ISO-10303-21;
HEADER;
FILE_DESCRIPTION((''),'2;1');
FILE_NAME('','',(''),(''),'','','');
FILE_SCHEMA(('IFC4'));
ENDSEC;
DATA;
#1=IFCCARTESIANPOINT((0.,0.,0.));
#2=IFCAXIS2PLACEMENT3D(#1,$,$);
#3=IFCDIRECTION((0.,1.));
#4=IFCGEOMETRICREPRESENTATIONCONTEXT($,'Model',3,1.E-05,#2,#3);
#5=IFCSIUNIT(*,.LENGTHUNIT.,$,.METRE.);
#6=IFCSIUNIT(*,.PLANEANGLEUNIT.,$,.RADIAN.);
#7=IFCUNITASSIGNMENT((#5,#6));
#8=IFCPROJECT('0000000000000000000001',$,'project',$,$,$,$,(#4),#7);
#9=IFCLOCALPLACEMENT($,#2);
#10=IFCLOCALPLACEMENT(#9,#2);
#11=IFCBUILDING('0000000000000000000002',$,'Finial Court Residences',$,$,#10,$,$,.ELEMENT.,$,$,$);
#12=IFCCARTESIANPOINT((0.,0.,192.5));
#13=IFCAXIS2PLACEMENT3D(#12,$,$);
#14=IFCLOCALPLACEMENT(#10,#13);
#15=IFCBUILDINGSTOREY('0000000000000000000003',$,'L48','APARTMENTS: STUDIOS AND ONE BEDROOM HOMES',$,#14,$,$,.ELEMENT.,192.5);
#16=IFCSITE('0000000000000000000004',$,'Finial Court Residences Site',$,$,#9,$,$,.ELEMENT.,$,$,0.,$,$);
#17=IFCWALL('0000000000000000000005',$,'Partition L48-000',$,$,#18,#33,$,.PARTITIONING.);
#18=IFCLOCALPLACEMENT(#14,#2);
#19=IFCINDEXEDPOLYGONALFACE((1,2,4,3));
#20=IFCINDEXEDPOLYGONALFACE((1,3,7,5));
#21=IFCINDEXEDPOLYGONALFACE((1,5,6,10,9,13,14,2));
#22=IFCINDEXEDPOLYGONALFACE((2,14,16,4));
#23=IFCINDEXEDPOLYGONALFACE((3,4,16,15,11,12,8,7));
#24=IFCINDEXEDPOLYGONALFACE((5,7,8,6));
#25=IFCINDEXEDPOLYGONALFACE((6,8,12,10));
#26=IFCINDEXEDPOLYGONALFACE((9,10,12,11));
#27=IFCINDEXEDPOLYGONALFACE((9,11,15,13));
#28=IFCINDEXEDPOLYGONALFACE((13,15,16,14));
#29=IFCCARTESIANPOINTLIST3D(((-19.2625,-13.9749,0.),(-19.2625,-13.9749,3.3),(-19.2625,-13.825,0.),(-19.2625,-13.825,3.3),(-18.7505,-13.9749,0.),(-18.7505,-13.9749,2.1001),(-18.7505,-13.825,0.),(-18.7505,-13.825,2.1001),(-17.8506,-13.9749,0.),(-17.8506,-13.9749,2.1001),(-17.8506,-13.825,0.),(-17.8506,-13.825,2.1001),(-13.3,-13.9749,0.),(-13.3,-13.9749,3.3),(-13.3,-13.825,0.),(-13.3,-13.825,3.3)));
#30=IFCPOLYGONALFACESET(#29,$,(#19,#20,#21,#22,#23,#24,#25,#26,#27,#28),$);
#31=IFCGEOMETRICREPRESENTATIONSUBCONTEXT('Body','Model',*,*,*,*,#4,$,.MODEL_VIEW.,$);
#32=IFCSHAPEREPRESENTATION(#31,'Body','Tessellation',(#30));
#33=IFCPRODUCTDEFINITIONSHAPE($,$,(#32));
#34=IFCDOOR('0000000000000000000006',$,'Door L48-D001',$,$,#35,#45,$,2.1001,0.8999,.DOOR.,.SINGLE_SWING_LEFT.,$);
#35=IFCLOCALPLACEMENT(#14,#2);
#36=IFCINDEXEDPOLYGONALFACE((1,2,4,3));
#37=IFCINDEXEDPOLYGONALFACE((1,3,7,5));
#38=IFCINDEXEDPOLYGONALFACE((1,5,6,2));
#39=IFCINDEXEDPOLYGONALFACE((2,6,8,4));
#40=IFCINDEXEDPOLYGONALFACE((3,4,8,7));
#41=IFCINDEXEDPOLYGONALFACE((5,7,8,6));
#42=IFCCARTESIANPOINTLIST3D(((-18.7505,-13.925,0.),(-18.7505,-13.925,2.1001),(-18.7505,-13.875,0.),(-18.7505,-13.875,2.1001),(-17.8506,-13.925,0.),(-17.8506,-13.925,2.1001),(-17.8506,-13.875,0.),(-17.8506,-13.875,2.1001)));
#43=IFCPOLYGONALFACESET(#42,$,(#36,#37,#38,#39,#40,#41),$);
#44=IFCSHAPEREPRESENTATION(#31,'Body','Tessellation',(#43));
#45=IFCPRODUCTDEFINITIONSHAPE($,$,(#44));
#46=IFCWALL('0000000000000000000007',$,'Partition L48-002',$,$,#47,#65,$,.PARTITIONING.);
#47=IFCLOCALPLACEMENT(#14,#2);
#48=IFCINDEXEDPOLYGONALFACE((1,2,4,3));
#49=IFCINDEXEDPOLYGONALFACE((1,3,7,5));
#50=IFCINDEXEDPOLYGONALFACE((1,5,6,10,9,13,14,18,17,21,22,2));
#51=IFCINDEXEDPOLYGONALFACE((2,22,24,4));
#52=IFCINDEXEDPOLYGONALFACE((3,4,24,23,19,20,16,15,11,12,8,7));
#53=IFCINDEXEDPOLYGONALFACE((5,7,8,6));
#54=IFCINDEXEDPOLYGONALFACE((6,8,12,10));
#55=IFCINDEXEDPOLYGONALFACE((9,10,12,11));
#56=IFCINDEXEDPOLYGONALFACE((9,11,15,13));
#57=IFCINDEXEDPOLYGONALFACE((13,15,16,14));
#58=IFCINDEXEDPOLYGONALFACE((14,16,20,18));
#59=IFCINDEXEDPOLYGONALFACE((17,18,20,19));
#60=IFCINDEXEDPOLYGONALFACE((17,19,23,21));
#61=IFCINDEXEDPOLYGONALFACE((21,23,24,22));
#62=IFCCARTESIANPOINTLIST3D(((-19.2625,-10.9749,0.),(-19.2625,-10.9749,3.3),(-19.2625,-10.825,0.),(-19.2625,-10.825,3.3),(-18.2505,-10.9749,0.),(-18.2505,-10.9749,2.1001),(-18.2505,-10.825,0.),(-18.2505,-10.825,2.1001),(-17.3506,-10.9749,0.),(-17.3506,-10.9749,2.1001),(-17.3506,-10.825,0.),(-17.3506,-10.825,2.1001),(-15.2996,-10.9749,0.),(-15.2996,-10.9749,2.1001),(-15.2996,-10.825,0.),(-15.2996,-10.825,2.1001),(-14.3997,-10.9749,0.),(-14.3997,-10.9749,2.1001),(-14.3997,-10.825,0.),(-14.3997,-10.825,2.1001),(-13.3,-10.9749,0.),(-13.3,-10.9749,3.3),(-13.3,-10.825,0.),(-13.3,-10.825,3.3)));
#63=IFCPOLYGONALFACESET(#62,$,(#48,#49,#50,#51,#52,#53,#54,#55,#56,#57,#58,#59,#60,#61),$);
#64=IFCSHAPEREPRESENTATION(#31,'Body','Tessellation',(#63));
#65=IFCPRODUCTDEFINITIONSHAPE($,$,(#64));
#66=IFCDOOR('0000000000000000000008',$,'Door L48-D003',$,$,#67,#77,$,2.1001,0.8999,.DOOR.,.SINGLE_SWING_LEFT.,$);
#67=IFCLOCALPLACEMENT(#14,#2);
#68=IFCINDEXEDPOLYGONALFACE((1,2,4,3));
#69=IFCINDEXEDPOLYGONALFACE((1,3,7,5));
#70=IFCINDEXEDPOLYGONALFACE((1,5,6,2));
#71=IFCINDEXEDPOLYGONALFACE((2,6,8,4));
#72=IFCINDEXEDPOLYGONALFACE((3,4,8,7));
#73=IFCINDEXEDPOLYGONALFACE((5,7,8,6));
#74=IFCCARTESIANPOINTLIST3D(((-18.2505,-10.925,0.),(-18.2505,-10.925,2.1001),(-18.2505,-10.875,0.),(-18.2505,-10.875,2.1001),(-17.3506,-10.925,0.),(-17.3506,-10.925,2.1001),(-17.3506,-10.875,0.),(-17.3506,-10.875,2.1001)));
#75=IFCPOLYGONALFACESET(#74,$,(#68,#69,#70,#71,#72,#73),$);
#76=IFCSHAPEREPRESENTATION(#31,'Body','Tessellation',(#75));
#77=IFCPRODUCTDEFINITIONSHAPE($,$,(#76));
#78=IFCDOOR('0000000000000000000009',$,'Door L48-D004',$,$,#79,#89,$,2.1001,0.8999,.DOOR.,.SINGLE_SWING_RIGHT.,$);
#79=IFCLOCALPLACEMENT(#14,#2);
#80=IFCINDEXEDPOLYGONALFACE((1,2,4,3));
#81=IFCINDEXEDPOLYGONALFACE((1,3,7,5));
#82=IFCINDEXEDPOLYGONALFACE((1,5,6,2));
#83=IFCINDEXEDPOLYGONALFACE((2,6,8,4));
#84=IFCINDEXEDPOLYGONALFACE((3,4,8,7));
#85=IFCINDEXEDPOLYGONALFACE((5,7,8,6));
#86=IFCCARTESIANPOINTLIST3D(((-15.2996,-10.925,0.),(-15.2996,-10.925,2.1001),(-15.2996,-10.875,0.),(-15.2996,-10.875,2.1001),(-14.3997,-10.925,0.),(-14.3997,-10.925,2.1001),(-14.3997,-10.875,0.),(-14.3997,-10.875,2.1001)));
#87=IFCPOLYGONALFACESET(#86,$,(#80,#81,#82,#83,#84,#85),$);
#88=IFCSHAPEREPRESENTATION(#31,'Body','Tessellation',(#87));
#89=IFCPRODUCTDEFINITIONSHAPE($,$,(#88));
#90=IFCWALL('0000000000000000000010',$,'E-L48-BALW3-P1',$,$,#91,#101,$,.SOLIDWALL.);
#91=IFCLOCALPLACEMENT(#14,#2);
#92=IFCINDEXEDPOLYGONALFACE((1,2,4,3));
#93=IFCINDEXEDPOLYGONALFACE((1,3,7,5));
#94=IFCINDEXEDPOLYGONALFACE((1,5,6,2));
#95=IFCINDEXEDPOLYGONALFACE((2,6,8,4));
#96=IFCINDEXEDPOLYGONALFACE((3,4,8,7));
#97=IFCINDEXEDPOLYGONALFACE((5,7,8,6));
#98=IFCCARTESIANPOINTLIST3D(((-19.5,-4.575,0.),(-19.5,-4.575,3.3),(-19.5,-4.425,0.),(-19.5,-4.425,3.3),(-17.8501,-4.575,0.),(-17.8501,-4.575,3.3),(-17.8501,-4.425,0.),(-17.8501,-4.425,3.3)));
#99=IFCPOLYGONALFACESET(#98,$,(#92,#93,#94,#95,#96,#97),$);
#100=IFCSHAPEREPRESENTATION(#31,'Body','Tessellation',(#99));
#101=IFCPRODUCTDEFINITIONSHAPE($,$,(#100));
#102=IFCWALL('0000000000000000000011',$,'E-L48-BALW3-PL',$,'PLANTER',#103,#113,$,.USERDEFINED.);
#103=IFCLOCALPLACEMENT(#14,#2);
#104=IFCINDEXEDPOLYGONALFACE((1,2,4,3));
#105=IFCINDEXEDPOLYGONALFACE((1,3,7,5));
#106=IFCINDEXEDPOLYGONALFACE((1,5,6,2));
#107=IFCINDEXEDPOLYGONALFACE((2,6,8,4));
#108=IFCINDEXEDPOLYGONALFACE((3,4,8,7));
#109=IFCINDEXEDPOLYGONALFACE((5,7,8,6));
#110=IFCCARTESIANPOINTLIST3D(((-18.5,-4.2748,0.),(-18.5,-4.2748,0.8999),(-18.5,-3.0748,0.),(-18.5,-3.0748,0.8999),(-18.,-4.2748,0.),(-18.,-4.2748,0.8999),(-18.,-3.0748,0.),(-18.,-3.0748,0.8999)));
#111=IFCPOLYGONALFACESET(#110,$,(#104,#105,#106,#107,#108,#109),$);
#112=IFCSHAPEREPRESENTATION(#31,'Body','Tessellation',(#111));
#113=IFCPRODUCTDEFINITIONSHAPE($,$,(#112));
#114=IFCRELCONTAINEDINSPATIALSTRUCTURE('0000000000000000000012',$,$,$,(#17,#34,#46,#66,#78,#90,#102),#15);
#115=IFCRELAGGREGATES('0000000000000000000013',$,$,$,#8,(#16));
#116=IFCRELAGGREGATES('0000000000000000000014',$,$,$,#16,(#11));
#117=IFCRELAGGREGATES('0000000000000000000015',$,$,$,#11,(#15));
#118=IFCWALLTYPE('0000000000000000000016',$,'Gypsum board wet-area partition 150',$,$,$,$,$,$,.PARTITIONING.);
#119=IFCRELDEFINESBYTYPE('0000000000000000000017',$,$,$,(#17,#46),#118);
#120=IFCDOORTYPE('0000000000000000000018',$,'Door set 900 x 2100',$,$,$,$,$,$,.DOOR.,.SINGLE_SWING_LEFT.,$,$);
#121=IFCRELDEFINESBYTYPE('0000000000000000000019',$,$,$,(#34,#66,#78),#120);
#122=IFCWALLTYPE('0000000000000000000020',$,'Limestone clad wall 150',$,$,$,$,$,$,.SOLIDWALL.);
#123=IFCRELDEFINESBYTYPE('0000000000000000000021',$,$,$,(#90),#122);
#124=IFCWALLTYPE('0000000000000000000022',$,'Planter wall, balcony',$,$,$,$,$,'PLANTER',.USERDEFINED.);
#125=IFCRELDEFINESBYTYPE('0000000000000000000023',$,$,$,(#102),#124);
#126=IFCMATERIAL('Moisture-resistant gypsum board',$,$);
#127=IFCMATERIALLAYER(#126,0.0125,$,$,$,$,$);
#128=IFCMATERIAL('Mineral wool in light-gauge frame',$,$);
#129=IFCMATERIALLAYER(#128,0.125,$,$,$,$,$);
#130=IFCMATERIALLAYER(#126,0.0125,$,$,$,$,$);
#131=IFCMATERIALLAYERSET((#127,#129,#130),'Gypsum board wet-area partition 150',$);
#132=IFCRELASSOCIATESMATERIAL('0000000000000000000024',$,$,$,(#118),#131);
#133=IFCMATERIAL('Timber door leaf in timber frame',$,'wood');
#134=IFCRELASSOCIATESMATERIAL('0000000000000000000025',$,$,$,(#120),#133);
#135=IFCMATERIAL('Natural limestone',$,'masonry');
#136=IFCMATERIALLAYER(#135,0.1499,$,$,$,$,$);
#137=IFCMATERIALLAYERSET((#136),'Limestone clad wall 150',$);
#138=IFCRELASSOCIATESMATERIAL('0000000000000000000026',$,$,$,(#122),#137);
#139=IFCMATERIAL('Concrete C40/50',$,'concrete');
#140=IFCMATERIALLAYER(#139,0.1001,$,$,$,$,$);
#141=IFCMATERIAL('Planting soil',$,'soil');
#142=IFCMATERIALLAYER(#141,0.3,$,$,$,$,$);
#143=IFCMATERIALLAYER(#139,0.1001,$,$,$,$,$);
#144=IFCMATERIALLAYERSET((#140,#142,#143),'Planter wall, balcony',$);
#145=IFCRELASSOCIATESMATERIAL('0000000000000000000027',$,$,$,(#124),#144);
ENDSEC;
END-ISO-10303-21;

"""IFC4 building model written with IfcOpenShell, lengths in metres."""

from ifc_helpers import new_model, si_unit, direction, frame, frame_2d, origin, place, context, subcontext, project, spatial, rectangle, extrude, material, layer, layer_set, type_object, element, fill, save


model = new_model("IFC4")

# Units and contexts
model_context = context("Model", 3, precision=1e-05, world=origin(), true_north=direction((0.0, 1.0)))
body_context = subcontext(model_context, "Body", "Model", "MODEL_VIEW")
ifc_project = project(units=[si_unit("LENGTHUNIT", "METRE"), si_unit("PLANEANGLEUNIT", "RADIAN")], contexts=[model_context])

# Site, building, storey
site_placement = place(None, origin())
site = spatial("IfcSite", under=ifc_project, at=site_placement, Name="Finial Court Residences Site", CompositionType="ELEMENT", RefElevation=0.0)
building_placement = place(site_placement, origin())
building = spatial("IfcBuilding", under=site, at=building_placement, Name="Finial Court Residences", CompositionType="ELEMENT")
storey_placement = place(building_placement, frame((0.0, 0.0, 192.5)))
storey = spatial("IfcBuildingStorey", under=building, at=storey_placement, Name="L48", Description="APARTMENTS: STUDIOS AND ONE BEDROOM HOMES", CompositionType="ELEMENT", Elevation=192.5)

# Wall, opening, door
ifc_material_1 = material(Name="Moisture-resistant gypsum board")
ifc_layer_1 = layer(ifc_material_1, 0.0125)
ifc_material_2 = material(Name="Mineral wool in light-gauge frame")
ifc_layer_2 = layer(ifc_material_2, 0.125)
ifc_layer_3 = layer(ifc_material_1, 0.0125)
ifc_layer_set_1 = layer_set([ifc_layer_1, ifc_layer_2, ifc_layer_3], Name="Gypsum board wet-area partition 150")
wall_type_1 = type_object("IfcWallType", Name="Gypsum board wet-area partition 150", PredefinedType="PARTITIONING", material=ifc_layer_set_1)
wall_1_placement = place(storey_placement, frame((-19.2625, -13.8999, 0.0), z_axis=(0.0, 0.0, 1.0), x_axis=(1.0, 0.0, 0.0)))
wall_1 = element("IfcWall", 1, at=wall_1_placement, inside=storey, type_object=wall_type_1, Name="Partition L48-000", PredefinedType="PARTITIONING", context=body_context, shape_type="SweptSolid", body=[
    extrude(rectangle(XDim=5.9624, YDim=0.1499, at=frame_2d((2.9812, 0.0))), origin(), (0.0, 0.0, 1.0), 3.3),
])
opening_1_placement = place(wall_1_placement, frame((0.512, 0.0, 0.0)))
opening_1 = element("IfcOpeningElement", 2, at=opening_1_placement, cuts=wall_1, PredefinedType="OPENING", context=body_context, shape_type="SweptSolid", body=[
    extrude(rectangle(XDim=0.8999, YDim=2.1001, at=frame_2d((0.45, 1.05))), frame((0.0, 0.085, 0.0), z_axis=(0.0, -1.0, 0.0), x_axis=(1.0, 0.0, 0.0)), (0.0, 0.0, 1.0), 0.1699),
])
ifc_material_3 = material(Name="Timber door leaf in timber frame", Category="wood")
door_type_1 = type_object("IfcDoorType", Name="Door set 900 x 2100", OperationType="SINGLE_SWING_LEFT", PredefinedType="DOOR", material=ifc_material_3)
door_1_placement = place(opening_1_placement, origin())
door_1 = element("IfcDoor", 3, at=door_1_placement, inside=storey, type_object=door_type_1, Name="Door L48-D001", OperationType="SINGLE_SWING_LEFT", OverallHeight=2.1001, OverallWidth=0.8999, PredefinedType="DOOR", context=body_context, shape_type="SweptSolid", body=[
    extrude(rectangle(XDim=0.8999, YDim=2.1001, at=frame_2d((0.45, 1.05))), frame((0.0, 0.0249, 0.0), z_axis=(0.0, -1.0, 0.0), x_axis=(1.0, 0.0, 0.0)), (0.0, 0.0, 1.0), 0.05),
])
fill(opening_1, door_1)

# Wall, openings, doors
wall_2_placement = place(storey_placement, frame((-19.2625, -10.8999, 0.0), z_axis=(0.0, 0.0, 1.0), x_axis=(1.0, 0.0, 0.0)))
wall_2 = element("IfcWall", 4, at=wall_2_placement, inside=storey, type_object=wall_type_1, Name="Partition L48-002", PredefinedType="PARTITIONING", context=body_context, shape_type="SweptSolid", body=[
    extrude(rectangle(XDim=5.9624, YDim=0.1499, at=frame_2d((2.9812, 0.0))), origin(), (0.0, 0.0, 1.0), 3.3),
])
opening_2_placement = place(wall_2_placement, frame((1.012, 0.0, 0.0)))
opening_2 = element("IfcOpeningElement", 5, at=opening_2_placement, cuts=wall_2, PredefinedType="OPENING", context=body_context, shape_type="SweptSolid", body=[
    extrude(rectangle(XDim=0.8999, YDim=2.1001, at=frame_2d((0.45, 1.05))), frame((0.0, 0.085, 0.0), z_axis=(0.0, -1.0, 0.0), x_axis=(1.0, 0.0, 0.0)), (0.0, 0.0, 1.0), 0.1699),
])
opening_3_placement = place(wall_2_placement, frame((3.9629, 0.0, 0.0)))
opening_3 = element("IfcOpeningElement", 6, at=opening_3_placement, cuts=wall_2, PredefinedType="OPENING", context=body_context, shape_type="SweptSolid", body=[
    extrude(rectangle(XDim=0.8999, YDim=2.1001, at=frame_2d((0.45, 1.05))), frame((0.0, 0.085, 0.0), z_axis=(0.0, -1.0, 0.0), x_axis=(1.0, 0.0, 0.0)), (0.0, 0.0, 1.0), 0.1699),
])
door_2_placement = place(opening_2_placement, origin())
door_2 = element("IfcDoor", 7, at=door_2_placement, inside=storey, type_object=door_type_1, Name="Door L48-D003", OperationType="SINGLE_SWING_LEFT", OverallHeight=2.1001, OverallWidth=0.8999, PredefinedType="DOOR", context=body_context, shape_type="SweptSolid", body=[
    extrude(rectangle(XDim=0.8999, YDim=2.1001, at=frame_2d((0.45, 1.05))), frame((0.0, 0.0249, 0.0), z_axis=(0.0, -1.0, 0.0), x_axis=(1.0, 0.0, 0.0)), (0.0, 0.0, 1.0), 0.05),
])
fill(opening_2, door_2)
door_3_placement = place(opening_3_placement, origin())
door_3 = element("IfcDoor", 8, at=door_3_placement, inside=storey, type_object=door_type_1, Name="Door L48-D004", OperationType="SINGLE_SWING_RIGHT", OverallHeight=2.1001, OverallWidth=0.8999, PredefinedType="DOOR", context=body_context, shape_type="SweptSolid", body=[
    extrude(rectangle(XDim=0.8999, YDim=2.1001, at=frame_2d((0.45, 1.05))), frame((0.0, 0.0249, 0.0), z_axis=(0.0, -1.0, 0.0), x_axis=(1.0, 0.0, 0.0)), (0.0, 0.0, 1.0), 0.05),
])
fill(opening_3, door_3)

# Wall
ifc_material_4 = material(Name="Natural limestone", Category="masonry")
ifc_layer_4 = layer(ifc_material_4, 0.1499)
ifc_layer_set_2 = layer_set([ifc_layer_4], Name="Limestone clad wall 150")
wall_type_2 = type_object("IfcWallType", Name="Limestone clad wall 150", PredefinedType="SOLIDWALL", material=ifc_layer_set_2)
wall_3_placement = place(storey_placement, frame((-17.8501, -4.5, 0.0), z_axis=(0.0, 0.0, 1.0), x_axis=(-1.0, 0.0, 0.0)))
element("IfcWall", 9, at=wall_3_placement, inside=storey, type_object=wall_type_2, Name="E-L48-BALW3-P1", PredefinedType="SOLIDWALL", context=body_context, shape_type="SweptSolid", body=[
    extrude(rectangle(XDim=1.6499, YDim=0.1499, at=frame_2d((0.825, 0.0))), origin(), (0.0, 0.0, 1.0), 3.3),
])

# Wall
ifc_material_5 = material(Name="Concrete C40/50", Category="concrete")
ifc_layer_5 = layer(ifc_material_5, 0.1001)
ifc_material_6 = material(Name="Planting soil", Category="soil")
ifc_layer_6 = layer(ifc_material_6, 0.3)
ifc_layer_7 = layer(ifc_material_5, 0.1001)
ifc_layer_set_3 = layer_set([ifc_layer_5, ifc_layer_6, ifc_layer_7], Name="Planter wall, balcony")
wall_type_3 = type_object("IfcWallType", Name="Planter wall, balcony", ElementType="PLANTER", PredefinedType="USERDEFINED", material=ifc_layer_set_3)
wall_4_placement = place(storey_placement, frame((-18.25, -4.2749, 0.0), z_axis=(0.0, 0.0, 1.0), x_axis=(0.0, 1.0, 0.0)))
element("IfcWall", 10, at=wall_4_placement, inside=storey, type_object=wall_type_3, Name="E-L48-BALW3-PL", ObjectType="PLANTER", PredefinedType="USERDEFINED", context=body_context, shape_type="SweptSolid", body=[
    extrude(rectangle(XDim=1.2, YDim=0.5, at=frame_2d((0.6001, 0.0))), origin(), (0.0, 0.0, 1.0), 0.8999),
])

save(model, "model.ifc")
